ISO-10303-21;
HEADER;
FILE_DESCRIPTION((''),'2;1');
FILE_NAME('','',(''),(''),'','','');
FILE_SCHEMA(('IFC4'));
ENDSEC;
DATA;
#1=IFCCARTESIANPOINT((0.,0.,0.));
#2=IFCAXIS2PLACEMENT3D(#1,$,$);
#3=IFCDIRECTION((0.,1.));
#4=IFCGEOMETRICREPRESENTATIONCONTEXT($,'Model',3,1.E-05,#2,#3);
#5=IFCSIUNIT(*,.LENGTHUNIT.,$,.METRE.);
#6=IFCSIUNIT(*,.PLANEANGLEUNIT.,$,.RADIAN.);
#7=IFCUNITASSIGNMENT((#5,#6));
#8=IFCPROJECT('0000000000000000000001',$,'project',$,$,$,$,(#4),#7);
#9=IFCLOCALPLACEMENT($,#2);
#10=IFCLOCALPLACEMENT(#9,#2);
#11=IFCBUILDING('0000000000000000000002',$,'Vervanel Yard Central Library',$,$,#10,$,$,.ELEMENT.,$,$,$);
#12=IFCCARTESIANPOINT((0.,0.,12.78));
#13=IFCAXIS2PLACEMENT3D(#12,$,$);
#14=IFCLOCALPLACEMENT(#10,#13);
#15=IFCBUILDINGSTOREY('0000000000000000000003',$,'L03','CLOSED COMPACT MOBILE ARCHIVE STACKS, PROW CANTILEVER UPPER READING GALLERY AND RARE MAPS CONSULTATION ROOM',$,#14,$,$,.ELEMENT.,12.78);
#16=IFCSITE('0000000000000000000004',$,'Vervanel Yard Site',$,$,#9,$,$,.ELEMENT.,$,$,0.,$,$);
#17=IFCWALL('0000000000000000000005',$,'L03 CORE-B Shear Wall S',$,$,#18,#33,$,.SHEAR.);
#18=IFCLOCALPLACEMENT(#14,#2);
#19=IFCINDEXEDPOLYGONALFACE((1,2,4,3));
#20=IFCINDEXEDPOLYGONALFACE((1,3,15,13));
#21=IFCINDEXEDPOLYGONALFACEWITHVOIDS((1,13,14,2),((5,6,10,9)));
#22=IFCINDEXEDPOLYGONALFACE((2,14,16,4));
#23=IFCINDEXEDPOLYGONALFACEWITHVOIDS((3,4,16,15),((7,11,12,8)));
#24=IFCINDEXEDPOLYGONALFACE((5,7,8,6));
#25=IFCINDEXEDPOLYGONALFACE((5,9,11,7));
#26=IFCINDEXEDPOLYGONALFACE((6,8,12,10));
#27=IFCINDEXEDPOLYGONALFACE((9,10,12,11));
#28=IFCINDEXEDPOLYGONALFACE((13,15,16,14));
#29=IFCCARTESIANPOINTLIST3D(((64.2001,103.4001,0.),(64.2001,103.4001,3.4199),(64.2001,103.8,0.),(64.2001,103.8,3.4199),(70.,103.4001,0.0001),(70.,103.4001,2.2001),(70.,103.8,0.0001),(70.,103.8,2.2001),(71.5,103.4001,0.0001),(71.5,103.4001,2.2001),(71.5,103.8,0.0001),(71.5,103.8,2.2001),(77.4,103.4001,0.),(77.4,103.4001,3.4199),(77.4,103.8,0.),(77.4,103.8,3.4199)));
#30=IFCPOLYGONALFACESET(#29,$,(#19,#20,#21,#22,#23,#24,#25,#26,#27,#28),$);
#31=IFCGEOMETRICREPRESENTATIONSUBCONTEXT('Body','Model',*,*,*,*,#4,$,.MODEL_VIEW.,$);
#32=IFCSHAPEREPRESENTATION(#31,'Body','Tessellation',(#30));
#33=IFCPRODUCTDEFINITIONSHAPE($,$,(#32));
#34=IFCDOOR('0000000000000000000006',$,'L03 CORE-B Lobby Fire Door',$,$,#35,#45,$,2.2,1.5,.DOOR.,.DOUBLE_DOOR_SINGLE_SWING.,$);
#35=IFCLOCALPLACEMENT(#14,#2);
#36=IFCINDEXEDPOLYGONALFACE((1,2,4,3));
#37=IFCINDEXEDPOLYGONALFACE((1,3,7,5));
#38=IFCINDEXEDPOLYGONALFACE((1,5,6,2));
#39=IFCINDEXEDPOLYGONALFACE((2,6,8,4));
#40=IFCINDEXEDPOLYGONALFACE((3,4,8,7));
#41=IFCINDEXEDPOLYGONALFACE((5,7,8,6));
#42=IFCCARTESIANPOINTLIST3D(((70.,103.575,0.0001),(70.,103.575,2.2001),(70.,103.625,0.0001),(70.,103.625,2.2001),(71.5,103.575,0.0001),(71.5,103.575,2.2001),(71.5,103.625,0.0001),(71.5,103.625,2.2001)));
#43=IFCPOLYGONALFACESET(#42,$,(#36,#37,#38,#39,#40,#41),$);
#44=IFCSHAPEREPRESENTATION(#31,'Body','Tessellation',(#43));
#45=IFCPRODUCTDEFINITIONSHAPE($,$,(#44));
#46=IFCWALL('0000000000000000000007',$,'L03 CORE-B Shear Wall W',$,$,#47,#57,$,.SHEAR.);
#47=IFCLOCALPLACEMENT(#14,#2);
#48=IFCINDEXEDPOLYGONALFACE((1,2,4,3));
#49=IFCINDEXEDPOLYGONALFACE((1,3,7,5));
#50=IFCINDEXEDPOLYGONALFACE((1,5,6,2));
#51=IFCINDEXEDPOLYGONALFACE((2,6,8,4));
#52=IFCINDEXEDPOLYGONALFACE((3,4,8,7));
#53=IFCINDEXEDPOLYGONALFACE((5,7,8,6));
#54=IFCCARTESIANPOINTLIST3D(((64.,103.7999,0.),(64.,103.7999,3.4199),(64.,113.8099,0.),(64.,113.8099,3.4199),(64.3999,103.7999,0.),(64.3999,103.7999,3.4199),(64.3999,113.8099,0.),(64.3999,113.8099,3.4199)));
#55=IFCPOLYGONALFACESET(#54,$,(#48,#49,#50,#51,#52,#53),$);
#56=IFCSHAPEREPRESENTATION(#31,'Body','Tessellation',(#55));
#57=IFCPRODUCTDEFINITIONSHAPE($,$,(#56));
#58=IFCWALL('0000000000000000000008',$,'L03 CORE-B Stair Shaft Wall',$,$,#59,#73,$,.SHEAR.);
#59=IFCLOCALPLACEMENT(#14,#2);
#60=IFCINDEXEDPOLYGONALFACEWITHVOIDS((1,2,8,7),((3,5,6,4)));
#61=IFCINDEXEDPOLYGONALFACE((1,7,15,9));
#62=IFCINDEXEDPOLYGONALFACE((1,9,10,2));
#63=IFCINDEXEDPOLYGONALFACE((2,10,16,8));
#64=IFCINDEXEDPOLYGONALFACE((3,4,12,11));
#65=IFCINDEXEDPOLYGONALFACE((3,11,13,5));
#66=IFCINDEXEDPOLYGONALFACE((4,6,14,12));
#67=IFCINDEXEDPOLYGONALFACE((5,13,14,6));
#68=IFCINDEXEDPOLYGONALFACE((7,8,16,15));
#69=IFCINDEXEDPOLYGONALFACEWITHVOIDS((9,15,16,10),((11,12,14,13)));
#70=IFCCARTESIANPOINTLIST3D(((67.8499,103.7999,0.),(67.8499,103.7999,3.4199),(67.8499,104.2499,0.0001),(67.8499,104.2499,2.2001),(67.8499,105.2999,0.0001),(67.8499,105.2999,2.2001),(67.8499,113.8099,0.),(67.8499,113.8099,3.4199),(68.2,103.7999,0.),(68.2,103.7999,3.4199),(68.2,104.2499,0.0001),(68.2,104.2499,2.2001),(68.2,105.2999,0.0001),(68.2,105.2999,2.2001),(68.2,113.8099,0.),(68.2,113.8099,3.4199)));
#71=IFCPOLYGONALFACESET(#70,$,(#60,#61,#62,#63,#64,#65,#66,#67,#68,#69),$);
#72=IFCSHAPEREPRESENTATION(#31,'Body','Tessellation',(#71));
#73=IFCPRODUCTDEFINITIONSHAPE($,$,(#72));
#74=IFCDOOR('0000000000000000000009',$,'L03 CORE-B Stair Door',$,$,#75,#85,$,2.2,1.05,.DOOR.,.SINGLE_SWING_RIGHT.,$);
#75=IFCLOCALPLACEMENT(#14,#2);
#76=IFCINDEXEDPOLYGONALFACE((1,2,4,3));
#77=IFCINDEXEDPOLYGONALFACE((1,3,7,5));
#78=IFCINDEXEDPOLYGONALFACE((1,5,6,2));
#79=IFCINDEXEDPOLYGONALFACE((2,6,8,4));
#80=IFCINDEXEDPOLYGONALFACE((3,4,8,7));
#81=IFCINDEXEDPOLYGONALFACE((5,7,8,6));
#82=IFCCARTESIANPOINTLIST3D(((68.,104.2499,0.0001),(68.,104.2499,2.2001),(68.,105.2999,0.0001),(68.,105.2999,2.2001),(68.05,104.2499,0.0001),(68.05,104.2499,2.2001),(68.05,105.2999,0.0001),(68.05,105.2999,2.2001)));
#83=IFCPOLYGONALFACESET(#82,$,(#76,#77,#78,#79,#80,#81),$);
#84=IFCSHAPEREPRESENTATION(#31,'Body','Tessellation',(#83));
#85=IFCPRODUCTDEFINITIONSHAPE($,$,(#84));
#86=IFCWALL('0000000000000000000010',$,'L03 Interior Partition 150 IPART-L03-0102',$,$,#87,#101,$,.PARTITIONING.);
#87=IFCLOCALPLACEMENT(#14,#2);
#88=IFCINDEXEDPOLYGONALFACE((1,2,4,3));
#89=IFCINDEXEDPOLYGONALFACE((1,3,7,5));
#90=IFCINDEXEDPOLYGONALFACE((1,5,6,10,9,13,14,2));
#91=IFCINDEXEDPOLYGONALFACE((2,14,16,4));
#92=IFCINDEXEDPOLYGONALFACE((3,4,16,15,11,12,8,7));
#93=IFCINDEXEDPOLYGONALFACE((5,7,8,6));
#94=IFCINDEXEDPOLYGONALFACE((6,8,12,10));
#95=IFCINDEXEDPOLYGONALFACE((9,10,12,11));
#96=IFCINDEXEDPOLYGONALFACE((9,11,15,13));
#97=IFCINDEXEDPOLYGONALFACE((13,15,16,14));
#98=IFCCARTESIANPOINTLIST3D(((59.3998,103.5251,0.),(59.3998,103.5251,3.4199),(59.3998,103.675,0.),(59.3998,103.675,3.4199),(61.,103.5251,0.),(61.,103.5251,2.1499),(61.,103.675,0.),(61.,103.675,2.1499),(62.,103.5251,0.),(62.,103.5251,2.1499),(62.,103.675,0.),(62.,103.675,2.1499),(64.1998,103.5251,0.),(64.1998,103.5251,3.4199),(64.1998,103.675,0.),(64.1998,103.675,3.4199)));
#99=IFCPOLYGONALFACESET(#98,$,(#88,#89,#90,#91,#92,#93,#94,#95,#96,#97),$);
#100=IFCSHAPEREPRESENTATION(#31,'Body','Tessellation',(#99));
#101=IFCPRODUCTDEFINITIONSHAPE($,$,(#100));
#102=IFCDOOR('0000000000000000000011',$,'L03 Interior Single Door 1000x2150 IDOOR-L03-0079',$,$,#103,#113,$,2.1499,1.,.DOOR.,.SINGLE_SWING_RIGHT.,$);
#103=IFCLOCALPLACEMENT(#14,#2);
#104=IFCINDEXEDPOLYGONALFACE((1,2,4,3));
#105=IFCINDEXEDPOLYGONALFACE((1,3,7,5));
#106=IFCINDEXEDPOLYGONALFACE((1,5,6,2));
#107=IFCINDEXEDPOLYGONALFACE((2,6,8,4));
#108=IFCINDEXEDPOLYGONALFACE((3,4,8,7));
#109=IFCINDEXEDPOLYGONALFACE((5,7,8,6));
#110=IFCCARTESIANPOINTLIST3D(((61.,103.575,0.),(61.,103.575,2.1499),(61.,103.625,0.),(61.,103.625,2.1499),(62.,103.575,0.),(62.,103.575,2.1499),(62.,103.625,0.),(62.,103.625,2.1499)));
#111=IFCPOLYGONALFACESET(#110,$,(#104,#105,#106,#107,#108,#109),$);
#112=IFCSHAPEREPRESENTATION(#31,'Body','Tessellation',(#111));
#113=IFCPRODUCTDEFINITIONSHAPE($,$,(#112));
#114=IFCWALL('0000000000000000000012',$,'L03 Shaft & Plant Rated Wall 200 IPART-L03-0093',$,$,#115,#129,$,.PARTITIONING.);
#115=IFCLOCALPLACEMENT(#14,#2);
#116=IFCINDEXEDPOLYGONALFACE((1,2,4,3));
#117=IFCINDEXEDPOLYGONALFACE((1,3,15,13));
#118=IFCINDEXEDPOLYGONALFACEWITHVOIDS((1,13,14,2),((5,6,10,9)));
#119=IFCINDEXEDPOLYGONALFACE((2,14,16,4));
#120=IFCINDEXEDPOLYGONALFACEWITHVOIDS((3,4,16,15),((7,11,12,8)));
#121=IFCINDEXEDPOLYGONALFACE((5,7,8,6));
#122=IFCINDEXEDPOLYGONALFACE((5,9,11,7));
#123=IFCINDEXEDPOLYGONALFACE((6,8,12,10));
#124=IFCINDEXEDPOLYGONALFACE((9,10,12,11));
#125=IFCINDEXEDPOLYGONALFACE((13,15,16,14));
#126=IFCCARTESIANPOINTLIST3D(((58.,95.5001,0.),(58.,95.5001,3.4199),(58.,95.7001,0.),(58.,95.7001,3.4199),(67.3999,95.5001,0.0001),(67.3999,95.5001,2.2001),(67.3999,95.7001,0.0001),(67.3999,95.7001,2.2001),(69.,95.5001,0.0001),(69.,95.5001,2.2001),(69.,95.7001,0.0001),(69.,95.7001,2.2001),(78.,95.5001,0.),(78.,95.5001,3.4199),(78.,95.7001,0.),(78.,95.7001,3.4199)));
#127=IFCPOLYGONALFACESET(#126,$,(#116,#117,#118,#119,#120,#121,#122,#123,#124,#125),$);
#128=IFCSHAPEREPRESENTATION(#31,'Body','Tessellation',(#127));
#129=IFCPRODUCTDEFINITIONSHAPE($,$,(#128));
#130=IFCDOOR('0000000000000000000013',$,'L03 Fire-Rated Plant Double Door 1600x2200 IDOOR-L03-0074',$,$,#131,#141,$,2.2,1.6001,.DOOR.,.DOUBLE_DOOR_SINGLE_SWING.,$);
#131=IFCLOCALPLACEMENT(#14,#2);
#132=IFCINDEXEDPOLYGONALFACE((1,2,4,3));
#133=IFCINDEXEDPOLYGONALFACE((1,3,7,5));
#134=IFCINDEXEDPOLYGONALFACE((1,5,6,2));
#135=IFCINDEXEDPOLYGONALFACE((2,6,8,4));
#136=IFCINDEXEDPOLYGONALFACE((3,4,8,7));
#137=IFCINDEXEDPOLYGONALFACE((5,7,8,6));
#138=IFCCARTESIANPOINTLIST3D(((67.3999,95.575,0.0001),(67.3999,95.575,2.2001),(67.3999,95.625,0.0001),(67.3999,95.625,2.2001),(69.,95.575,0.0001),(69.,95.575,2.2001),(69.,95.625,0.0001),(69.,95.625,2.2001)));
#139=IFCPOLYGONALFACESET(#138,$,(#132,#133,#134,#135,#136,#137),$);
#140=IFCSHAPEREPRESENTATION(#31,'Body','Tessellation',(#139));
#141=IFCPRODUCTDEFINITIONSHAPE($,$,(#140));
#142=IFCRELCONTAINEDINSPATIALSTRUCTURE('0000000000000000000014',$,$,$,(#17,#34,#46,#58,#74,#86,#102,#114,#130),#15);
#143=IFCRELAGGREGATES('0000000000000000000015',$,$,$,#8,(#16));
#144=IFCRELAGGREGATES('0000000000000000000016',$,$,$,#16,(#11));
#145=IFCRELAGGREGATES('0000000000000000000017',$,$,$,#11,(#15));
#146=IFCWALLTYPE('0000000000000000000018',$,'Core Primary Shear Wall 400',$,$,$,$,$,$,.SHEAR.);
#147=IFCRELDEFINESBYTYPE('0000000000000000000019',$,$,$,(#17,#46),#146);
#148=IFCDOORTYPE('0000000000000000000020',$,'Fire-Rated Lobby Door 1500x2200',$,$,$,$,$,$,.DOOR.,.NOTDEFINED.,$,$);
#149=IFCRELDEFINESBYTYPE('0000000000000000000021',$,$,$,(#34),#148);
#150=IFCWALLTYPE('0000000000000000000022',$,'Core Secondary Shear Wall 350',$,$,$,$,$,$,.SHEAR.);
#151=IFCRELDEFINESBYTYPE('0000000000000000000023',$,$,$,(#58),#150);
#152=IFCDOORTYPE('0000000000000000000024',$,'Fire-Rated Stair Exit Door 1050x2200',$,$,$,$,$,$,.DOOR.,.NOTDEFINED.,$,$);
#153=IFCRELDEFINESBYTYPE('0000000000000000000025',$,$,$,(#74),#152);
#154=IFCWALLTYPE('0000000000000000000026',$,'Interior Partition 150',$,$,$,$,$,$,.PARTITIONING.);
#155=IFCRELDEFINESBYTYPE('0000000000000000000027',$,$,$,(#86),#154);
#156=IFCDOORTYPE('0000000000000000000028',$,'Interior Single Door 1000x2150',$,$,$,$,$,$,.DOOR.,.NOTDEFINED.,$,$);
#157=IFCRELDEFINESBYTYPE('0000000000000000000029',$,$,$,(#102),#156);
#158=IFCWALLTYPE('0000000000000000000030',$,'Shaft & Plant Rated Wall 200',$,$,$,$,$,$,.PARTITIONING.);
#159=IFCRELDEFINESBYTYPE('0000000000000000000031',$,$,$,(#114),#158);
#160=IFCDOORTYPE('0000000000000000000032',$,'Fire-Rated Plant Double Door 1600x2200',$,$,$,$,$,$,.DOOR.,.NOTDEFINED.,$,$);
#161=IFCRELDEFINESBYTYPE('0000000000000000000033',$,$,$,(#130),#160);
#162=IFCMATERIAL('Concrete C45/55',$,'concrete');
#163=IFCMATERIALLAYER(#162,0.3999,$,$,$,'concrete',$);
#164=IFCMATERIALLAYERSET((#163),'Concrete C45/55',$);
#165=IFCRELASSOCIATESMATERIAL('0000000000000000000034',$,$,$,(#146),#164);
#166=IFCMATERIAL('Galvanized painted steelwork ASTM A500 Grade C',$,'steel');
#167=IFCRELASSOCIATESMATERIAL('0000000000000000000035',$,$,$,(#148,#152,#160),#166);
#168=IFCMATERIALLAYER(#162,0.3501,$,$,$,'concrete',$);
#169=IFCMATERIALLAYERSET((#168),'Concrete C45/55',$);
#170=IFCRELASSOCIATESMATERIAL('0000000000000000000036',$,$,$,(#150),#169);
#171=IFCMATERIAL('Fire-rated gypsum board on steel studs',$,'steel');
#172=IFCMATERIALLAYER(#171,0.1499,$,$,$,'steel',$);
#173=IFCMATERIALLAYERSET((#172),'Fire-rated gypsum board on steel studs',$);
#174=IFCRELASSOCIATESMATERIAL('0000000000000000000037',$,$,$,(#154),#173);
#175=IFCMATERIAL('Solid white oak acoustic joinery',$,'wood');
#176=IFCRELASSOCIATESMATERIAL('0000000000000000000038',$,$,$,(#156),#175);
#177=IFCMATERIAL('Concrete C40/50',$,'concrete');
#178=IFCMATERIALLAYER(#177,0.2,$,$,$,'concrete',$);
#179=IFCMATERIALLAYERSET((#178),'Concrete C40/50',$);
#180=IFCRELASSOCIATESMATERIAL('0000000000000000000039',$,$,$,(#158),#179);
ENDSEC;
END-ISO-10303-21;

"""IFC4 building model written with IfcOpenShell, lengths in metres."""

from ifc_helpers import new_model, si_unit, direction, frame, frame_2d, origin, place, context, subcontext, project, spatial, rectangle, extrude, material, layer, layer_set, type_object, element, fill, save


model = new_model("IFC4")

# Units and contexts
model_context = context("Model", 3, precision=1e-05, world=origin(), true_north=direction((0.0, 1.0)))
body_context = subcontext(model_context, "Body", "Model", "MODEL_VIEW")
ifc_project = project(units=[si_unit("LENGTHUNIT", "METRE"), si_unit("PLANEANGLEUNIT", "RADIAN")], contexts=[model_context])

# Site, building, storey
site_placement = place(None, origin())
site = spatial("IfcSite", under=ifc_project, at=site_placement, Name="Vervanel Yard Site", CompositionType="ELEMENT", RefElevation=0.0)
building_placement = place(site_placement, origin())
building = spatial("IfcBuilding", under=site, at=building_placement, Name="Vervanel Yard Central Library", CompositionType="ELEMENT")
storey_placement = place(building_placement, frame((0.0, 0.0, 12.78)))
storey = spatial("IfcBuildingStorey", under=building, at=storey_placement, Name="L03", Description="CLOSED COMPACT MOBILE ARCHIVE STACKS, PROW CANTILEVER UPPER READING GALLERY AND RARE MAPS CONSULTATION ROOM", CompositionType="ELEMENT", Elevation=12.78)

# Shared definitions
ifc_material_1 = material(Name="Concrete C40/50", Category="concrete")

# Shared definitions
ifc_material_2 = material(Name="Concrete C45/55", Category="concrete")

# Shared definitions
ifc_layer_1 = layer(ifc_material_2, 0.3999, Category="concrete")
ifc_layer_set_1 = layer_set([ifc_layer_1], Name="Concrete C45/55")
wall_type_1 = type_object("IfcWallType", Name="Core Primary Shear Wall 400", PredefinedType="SHEAR", material=ifc_layer_set_1)

# Wall, opening, door
wall_1_placement = place(storey_placement, frame((64.2, 103.6001, 0.0), z_axis=(0.0, 0.0, 1.0), x_axis=(1.0, 0.0, 0.0)))
wall_1 = element("IfcWall", 1, at=wall_1_placement, inside=storey, type_object=wall_type_1, Name="L03 CORE-B Shear Wall S", PredefinedType="SHEAR", context=body_context, shape_type="SweptSolid", body=[
    extrude(rectangle(XDim=13.2, YDim=0.3999, at=frame_2d((6.6001, 0.0))), origin(), (0.0, 0.0, 1.0), 3.4199),
])
opening_1_placement = place(wall_1_placement, frame((5.8, 0.0, 0.0)))
opening_1 = element("IfcOpeningElement", 2, at=opening_1_placement, cuts=wall_1, PredefinedType="OPENING", context=body_context, shape_type="SweptSolid", body=[
    extrude(rectangle(XDim=1.5, YDim=2.2, at=frame_2d((0.75, 1.1001))), frame((0.0, 0.21, 0.0), z_axis=(0.0, -1.0, 0.0), x_axis=(1.0, 0.0, 0.0)), (0.0, 0.0, 1.0), 0.4199),
])
ifc_material_3 = material(Name="Galvanized painted steelwork ASTM A500 Grade C", Category="steel")
door_type_1 = type_object("IfcDoorType", Name="Fire-Rated Lobby Door 1500x2200", OperationType="NOTDEFINED", PredefinedType="DOOR", material=ifc_material_3)
door_1_placement = place(opening_1_placement, origin())
door_1 = element("IfcDoor", 3, at=door_1_placement, inside=storey, type_object=door_type_1, Name="L03 CORE-B Lobby Fire Door", OperationType="DOUBLE_DOOR_SINGLE_SWING", OverallHeight=2.2, OverallWidth=1.5, PredefinedType="DOOR", context=body_context, shape_type="SweptSolid", body=[
    extrude(rectangle(XDim=1.5, YDim=2.2, at=frame_2d((0.75, 1.1001))), frame((0.0, 0.0249, 0.0), z_axis=(0.0, -1.0, 0.0), x_axis=(1.0, 0.0, 0.0)), (0.0, 0.0, 1.0), 0.05),
])
fill(opening_1, door_1)

# Wall
wall_2_placement = place(storey_placement, frame((64.2, 103.8, 0.0), z_axis=(0.0, 0.0, 1.0), x_axis=(0.0, 1.0, 0.0)))
element("IfcWall", 4, at=wall_2_placement, inside=storey, type_object=wall_type_1, Name="L03 CORE-B Shear Wall W", PredefinedType="SHEAR", context=body_context, shape_type="SweptSolid", body=[
    extrude(rectangle(XDim=10.01, YDim=0.3999, at=frame_2d((5.0049, 0.0))), origin(), (0.0, 0.0, 1.0), 3.4199),
])

# Walls, openings, doors
ifc_layer_2 = layer(ifc_material_2, 0.3501, Category="concrete")
ifc_layer_set_2 = layer_set([ifc_layer_2], Name="Concrete C45/55")
wall_type_2 = type_object("IfcWallType", Name="Core Secondary Shear Wall 350", PredefinedType="SHEAR", material=ifc_layer_set_2)
wall_3_placement = place(storey_placement, frame((68.0249, 103.8, 0.0), z_axis=(0.0, 0.0, 1.0), x_axis=(0.0, 1.0, 0.0)))
wall_3 = element("IfcWall", 5, at=wall_3_placement, inside=storey, type_object=wall_type_2, Name="L03 CORE-B Stair Shaft Wall", PredefinedType="SHEAR", context=body_context, shape_type="SweptSolid", body=[
    extrude(rectangle(XDim=10.01, YDim=0.3501, at=frame_2d((5.0049, 0.0))), origin(), (0.0, 0.0, 1.0), 3.4199),
])
opening_2_placement = place(wall_3_placement, frame((0.45, 0.0, 0.0)))
opening_2 = element("IfcOpeningElement", 6, at=opening_2_placement, cuts=wall_3, PredefinedType="OPENING", context=body_context, shape_type="SweptSolid", body=[
    extrude(rectangle(XDim=1.05, YDim=2.2, at=frame_2d((0.5249, 1.1001))), frame((0.0, 0.1851, 0.0), z_axis=(0.0, -1.0, 0.0), x_axis=(1.0, 0.0, 0.0)), (0.0, 0.0, 1.0), 0.3701),
])
door_type_2 = type_object("IfcDoorType", Name="Fire-Rated Stair Exit Door 1050x2200", OperationType="NOTDEFINED", PredefinedType="DOOR", material=ifc_material_3)
door_2_placement = place(opening_2_placement, origin())
door_2 = element("IfcDoor", 7, at=door_2_placement, inside=storey, type_object=door_type_2, Name="L03 CORE-B Stair Door", OperationType="SINGLE_SWING_RIGHT", OverallHeight=2.2, OverallWidth=1.05, PredefinedType="DOOR", context=body_context, shape_type="SweptSolid", body=[
    extrude(rectangle(XDim=1.05, YDim=2.2, at=frame_2d((0.5249, 1.1001))), frame((0.0, 0.0249, 0.0), z_axis=(0.0, -1.0, 0.0), x_axis=(1.0, 0.0, 0.0)), (0.0, 0.0, 1.0), 0.05),
])
fill(opening_2, door_2)
ifc_material_4 = material(Name="Fire-rated gypsum board on steel studs", Category="steel")
ifc_layer_3 = layer(ifc_material_4, 0.1499, Category="steel")
ifc_layer_set_3 = layer_set([ifc_layer_3], Name="Fire-rated gypsum board on steel studs")
wall_type_3 = type_object("IfcWallType", Name="Interior Partition 150", PredefinedType="PARTITIONING", material=ifc_layer_set_3)
wall_4_placement = place(storey_placement, frame((59.3999, 103.6001, 0.0), z_axis=(0.0, 0.0, 1.0), x_axis=(1.0, 0.0, 0.0)))
wall_4 = element("IfcWall", 8, at=wall_4_placement, inside=storey, type_object=wall_type_3, Name="L03 Interior Partition 150 IPART-L03-0102", PredefinedType="PARTITIONING", context=body_context, shape_type="SweptSolid", body=[
    extrude(rectangle(XDim=4.8, YDim=0.1499, at=frame_2d((2.3999, 0.0))), origin(), (0.0, 0.0, 1.0), 3.4199),
])
opening_3_placement = place(wall_4_placement, frame((1.6001, 0.0, 0.0)))
opening_3 = element("IfcOpeningElement", 9, at=opening_3_placement, cuts=wall_4, PredefinedType="OPENING", context=body_context, shape_type="SweptSolid", body=[
    extrude(rectangle(XDim=1.0, YDim=2.1499, at=frame_2d((0.5, 1.075))), frame((0.0, 0.085, 0.0), z_axis=(0.0, -1.0, 0.0), x_axis=(1.0, 0.0, 0.0)), (0.0, 0.0, 1.0), 0.1699),
])
ifc_material_5 = material(Name="Solid white oak acoustic joinery", Category="wood")
door_type_3 = type_object("IfcDoorType", Name="Interior Single Door 1000x2150", OperationType="NOTDEFINED", PredefinedType="DOOR", material=ifc_material_5)
door_3_placement = place(opening_3_placement, origin())
door_3 = element("IfcDoor", 10, at=door_3_placement, inside=storey, type_object=door_type_3, Name="L03 Interior Single Door 1000x2150 IDOOR-L03-0079", OperationType="SINGLE_SWING_RIGHT", OverallHeight=2.1499, OverallWidth=1.0, PredefinedType="DOOR", context=body_context, shape_type="SweptSolid", body=[
    extrude(rectangle(XDim=1.0, YDim=2.1499, at=frame_2d((0.5, 1.075))), frame((0.0, 0.0249, 0.0), z_axis=(0.0, -1.0, 0.0), x_axis=(1.0, 0.0, 0.0)), (0.0, 0.0, 1.0), 0.05),
])
fill(opening_3, door_3)
ifc_layer_4 = layer(ifc_material_1, 0.2, Category="concrete")
ifc_layer_set_4 = layer_set([ifc_layer_4], Name="Concrete C40/50")
wall_type_4 = type_object("IfcWallType", Name="Shaft & Plant Rated Wall 200", PredefinedType="PARTITIONING", material=ifc_layer_set_4)
wall_5_placement = place(storey_placement, frame((58.0, 95.6001, 0.0), z_axis=(0.0, 0.0, 1.0), x_axis=(1.0, 0.0, 0.0)))
wall_5 = element("IfcWall", 11, at=wall_5_placement, inside=storey, type_object=wall_type_4, Name="L03 Shaft & Plant Rated Wall 200 IPART-L03-0093", PredefinedType="PARTITIONING", context=body_context, shape_type="SweptSolid", body=[
    extrude(rectangle(XDim=20.0, YDim=0.2, at=frame_2d((10.0, 0.0))), origin(), (0.0, 0.0, 1.0), 3.4199),
])
opening_4_placement = place(wall_5_placement, frame((9.3999, 0.0, 0.0)))
opening_4 = element("IfcOpeningElement", 12, at=opening_4_placement, cuts=wall_5, PredefinedType="OPENING", context=body_context, shape_type="SweptSolid", body=[
    extrude(rectangle(XDim=1.6001, YDim=2.2, at=frame_2d((0.8, 1.1001))), frame((0.0, 0.1099, 0.0), z_axis=(0.0, -1.0, 0.0), x_axis=(1.0, 0.0, 0.0)), (0.0, 0.0, 1.0), 0.22),
])
door_type_4 = type_object("IfcDoorType", Name="Fire-Rated Plant Double Door 1600x2200", OperationType="NOTDEFINED", PredefinedType="DOOR", material=ifc_material_3)
door_4_placement = place(opening_4_placement, origin())
door_4 = element("IfcDoor", 13, at=door_4_placement, inside=storey, type_object=door_type_4, Name="L03 Fire-Rated Plant Double Door 1600x2200 IDOOR-L03-0074", OperationType="DOUBLE_DOOR_SINGLE_SWING", OverallHeight=2.2, OverallWidth=1.6001, PredefinedType="DOOR", context=body_context, shape_type="SweptSolid", body=[
    extrude(rectangle(XDim=1.6001, YDim=2.2, at=frame_2d((0.8, 1.1001))), frame((0.0, 0.0249, 0.0), z_axis=(0.0, -1.0, 0.0), x_axis=(1.0, 0.0, 0.0)), (0.0, 0.0, 1.0), 0.05),
])
fill(opening_4, door_4)

save(model, "model.ifc")
